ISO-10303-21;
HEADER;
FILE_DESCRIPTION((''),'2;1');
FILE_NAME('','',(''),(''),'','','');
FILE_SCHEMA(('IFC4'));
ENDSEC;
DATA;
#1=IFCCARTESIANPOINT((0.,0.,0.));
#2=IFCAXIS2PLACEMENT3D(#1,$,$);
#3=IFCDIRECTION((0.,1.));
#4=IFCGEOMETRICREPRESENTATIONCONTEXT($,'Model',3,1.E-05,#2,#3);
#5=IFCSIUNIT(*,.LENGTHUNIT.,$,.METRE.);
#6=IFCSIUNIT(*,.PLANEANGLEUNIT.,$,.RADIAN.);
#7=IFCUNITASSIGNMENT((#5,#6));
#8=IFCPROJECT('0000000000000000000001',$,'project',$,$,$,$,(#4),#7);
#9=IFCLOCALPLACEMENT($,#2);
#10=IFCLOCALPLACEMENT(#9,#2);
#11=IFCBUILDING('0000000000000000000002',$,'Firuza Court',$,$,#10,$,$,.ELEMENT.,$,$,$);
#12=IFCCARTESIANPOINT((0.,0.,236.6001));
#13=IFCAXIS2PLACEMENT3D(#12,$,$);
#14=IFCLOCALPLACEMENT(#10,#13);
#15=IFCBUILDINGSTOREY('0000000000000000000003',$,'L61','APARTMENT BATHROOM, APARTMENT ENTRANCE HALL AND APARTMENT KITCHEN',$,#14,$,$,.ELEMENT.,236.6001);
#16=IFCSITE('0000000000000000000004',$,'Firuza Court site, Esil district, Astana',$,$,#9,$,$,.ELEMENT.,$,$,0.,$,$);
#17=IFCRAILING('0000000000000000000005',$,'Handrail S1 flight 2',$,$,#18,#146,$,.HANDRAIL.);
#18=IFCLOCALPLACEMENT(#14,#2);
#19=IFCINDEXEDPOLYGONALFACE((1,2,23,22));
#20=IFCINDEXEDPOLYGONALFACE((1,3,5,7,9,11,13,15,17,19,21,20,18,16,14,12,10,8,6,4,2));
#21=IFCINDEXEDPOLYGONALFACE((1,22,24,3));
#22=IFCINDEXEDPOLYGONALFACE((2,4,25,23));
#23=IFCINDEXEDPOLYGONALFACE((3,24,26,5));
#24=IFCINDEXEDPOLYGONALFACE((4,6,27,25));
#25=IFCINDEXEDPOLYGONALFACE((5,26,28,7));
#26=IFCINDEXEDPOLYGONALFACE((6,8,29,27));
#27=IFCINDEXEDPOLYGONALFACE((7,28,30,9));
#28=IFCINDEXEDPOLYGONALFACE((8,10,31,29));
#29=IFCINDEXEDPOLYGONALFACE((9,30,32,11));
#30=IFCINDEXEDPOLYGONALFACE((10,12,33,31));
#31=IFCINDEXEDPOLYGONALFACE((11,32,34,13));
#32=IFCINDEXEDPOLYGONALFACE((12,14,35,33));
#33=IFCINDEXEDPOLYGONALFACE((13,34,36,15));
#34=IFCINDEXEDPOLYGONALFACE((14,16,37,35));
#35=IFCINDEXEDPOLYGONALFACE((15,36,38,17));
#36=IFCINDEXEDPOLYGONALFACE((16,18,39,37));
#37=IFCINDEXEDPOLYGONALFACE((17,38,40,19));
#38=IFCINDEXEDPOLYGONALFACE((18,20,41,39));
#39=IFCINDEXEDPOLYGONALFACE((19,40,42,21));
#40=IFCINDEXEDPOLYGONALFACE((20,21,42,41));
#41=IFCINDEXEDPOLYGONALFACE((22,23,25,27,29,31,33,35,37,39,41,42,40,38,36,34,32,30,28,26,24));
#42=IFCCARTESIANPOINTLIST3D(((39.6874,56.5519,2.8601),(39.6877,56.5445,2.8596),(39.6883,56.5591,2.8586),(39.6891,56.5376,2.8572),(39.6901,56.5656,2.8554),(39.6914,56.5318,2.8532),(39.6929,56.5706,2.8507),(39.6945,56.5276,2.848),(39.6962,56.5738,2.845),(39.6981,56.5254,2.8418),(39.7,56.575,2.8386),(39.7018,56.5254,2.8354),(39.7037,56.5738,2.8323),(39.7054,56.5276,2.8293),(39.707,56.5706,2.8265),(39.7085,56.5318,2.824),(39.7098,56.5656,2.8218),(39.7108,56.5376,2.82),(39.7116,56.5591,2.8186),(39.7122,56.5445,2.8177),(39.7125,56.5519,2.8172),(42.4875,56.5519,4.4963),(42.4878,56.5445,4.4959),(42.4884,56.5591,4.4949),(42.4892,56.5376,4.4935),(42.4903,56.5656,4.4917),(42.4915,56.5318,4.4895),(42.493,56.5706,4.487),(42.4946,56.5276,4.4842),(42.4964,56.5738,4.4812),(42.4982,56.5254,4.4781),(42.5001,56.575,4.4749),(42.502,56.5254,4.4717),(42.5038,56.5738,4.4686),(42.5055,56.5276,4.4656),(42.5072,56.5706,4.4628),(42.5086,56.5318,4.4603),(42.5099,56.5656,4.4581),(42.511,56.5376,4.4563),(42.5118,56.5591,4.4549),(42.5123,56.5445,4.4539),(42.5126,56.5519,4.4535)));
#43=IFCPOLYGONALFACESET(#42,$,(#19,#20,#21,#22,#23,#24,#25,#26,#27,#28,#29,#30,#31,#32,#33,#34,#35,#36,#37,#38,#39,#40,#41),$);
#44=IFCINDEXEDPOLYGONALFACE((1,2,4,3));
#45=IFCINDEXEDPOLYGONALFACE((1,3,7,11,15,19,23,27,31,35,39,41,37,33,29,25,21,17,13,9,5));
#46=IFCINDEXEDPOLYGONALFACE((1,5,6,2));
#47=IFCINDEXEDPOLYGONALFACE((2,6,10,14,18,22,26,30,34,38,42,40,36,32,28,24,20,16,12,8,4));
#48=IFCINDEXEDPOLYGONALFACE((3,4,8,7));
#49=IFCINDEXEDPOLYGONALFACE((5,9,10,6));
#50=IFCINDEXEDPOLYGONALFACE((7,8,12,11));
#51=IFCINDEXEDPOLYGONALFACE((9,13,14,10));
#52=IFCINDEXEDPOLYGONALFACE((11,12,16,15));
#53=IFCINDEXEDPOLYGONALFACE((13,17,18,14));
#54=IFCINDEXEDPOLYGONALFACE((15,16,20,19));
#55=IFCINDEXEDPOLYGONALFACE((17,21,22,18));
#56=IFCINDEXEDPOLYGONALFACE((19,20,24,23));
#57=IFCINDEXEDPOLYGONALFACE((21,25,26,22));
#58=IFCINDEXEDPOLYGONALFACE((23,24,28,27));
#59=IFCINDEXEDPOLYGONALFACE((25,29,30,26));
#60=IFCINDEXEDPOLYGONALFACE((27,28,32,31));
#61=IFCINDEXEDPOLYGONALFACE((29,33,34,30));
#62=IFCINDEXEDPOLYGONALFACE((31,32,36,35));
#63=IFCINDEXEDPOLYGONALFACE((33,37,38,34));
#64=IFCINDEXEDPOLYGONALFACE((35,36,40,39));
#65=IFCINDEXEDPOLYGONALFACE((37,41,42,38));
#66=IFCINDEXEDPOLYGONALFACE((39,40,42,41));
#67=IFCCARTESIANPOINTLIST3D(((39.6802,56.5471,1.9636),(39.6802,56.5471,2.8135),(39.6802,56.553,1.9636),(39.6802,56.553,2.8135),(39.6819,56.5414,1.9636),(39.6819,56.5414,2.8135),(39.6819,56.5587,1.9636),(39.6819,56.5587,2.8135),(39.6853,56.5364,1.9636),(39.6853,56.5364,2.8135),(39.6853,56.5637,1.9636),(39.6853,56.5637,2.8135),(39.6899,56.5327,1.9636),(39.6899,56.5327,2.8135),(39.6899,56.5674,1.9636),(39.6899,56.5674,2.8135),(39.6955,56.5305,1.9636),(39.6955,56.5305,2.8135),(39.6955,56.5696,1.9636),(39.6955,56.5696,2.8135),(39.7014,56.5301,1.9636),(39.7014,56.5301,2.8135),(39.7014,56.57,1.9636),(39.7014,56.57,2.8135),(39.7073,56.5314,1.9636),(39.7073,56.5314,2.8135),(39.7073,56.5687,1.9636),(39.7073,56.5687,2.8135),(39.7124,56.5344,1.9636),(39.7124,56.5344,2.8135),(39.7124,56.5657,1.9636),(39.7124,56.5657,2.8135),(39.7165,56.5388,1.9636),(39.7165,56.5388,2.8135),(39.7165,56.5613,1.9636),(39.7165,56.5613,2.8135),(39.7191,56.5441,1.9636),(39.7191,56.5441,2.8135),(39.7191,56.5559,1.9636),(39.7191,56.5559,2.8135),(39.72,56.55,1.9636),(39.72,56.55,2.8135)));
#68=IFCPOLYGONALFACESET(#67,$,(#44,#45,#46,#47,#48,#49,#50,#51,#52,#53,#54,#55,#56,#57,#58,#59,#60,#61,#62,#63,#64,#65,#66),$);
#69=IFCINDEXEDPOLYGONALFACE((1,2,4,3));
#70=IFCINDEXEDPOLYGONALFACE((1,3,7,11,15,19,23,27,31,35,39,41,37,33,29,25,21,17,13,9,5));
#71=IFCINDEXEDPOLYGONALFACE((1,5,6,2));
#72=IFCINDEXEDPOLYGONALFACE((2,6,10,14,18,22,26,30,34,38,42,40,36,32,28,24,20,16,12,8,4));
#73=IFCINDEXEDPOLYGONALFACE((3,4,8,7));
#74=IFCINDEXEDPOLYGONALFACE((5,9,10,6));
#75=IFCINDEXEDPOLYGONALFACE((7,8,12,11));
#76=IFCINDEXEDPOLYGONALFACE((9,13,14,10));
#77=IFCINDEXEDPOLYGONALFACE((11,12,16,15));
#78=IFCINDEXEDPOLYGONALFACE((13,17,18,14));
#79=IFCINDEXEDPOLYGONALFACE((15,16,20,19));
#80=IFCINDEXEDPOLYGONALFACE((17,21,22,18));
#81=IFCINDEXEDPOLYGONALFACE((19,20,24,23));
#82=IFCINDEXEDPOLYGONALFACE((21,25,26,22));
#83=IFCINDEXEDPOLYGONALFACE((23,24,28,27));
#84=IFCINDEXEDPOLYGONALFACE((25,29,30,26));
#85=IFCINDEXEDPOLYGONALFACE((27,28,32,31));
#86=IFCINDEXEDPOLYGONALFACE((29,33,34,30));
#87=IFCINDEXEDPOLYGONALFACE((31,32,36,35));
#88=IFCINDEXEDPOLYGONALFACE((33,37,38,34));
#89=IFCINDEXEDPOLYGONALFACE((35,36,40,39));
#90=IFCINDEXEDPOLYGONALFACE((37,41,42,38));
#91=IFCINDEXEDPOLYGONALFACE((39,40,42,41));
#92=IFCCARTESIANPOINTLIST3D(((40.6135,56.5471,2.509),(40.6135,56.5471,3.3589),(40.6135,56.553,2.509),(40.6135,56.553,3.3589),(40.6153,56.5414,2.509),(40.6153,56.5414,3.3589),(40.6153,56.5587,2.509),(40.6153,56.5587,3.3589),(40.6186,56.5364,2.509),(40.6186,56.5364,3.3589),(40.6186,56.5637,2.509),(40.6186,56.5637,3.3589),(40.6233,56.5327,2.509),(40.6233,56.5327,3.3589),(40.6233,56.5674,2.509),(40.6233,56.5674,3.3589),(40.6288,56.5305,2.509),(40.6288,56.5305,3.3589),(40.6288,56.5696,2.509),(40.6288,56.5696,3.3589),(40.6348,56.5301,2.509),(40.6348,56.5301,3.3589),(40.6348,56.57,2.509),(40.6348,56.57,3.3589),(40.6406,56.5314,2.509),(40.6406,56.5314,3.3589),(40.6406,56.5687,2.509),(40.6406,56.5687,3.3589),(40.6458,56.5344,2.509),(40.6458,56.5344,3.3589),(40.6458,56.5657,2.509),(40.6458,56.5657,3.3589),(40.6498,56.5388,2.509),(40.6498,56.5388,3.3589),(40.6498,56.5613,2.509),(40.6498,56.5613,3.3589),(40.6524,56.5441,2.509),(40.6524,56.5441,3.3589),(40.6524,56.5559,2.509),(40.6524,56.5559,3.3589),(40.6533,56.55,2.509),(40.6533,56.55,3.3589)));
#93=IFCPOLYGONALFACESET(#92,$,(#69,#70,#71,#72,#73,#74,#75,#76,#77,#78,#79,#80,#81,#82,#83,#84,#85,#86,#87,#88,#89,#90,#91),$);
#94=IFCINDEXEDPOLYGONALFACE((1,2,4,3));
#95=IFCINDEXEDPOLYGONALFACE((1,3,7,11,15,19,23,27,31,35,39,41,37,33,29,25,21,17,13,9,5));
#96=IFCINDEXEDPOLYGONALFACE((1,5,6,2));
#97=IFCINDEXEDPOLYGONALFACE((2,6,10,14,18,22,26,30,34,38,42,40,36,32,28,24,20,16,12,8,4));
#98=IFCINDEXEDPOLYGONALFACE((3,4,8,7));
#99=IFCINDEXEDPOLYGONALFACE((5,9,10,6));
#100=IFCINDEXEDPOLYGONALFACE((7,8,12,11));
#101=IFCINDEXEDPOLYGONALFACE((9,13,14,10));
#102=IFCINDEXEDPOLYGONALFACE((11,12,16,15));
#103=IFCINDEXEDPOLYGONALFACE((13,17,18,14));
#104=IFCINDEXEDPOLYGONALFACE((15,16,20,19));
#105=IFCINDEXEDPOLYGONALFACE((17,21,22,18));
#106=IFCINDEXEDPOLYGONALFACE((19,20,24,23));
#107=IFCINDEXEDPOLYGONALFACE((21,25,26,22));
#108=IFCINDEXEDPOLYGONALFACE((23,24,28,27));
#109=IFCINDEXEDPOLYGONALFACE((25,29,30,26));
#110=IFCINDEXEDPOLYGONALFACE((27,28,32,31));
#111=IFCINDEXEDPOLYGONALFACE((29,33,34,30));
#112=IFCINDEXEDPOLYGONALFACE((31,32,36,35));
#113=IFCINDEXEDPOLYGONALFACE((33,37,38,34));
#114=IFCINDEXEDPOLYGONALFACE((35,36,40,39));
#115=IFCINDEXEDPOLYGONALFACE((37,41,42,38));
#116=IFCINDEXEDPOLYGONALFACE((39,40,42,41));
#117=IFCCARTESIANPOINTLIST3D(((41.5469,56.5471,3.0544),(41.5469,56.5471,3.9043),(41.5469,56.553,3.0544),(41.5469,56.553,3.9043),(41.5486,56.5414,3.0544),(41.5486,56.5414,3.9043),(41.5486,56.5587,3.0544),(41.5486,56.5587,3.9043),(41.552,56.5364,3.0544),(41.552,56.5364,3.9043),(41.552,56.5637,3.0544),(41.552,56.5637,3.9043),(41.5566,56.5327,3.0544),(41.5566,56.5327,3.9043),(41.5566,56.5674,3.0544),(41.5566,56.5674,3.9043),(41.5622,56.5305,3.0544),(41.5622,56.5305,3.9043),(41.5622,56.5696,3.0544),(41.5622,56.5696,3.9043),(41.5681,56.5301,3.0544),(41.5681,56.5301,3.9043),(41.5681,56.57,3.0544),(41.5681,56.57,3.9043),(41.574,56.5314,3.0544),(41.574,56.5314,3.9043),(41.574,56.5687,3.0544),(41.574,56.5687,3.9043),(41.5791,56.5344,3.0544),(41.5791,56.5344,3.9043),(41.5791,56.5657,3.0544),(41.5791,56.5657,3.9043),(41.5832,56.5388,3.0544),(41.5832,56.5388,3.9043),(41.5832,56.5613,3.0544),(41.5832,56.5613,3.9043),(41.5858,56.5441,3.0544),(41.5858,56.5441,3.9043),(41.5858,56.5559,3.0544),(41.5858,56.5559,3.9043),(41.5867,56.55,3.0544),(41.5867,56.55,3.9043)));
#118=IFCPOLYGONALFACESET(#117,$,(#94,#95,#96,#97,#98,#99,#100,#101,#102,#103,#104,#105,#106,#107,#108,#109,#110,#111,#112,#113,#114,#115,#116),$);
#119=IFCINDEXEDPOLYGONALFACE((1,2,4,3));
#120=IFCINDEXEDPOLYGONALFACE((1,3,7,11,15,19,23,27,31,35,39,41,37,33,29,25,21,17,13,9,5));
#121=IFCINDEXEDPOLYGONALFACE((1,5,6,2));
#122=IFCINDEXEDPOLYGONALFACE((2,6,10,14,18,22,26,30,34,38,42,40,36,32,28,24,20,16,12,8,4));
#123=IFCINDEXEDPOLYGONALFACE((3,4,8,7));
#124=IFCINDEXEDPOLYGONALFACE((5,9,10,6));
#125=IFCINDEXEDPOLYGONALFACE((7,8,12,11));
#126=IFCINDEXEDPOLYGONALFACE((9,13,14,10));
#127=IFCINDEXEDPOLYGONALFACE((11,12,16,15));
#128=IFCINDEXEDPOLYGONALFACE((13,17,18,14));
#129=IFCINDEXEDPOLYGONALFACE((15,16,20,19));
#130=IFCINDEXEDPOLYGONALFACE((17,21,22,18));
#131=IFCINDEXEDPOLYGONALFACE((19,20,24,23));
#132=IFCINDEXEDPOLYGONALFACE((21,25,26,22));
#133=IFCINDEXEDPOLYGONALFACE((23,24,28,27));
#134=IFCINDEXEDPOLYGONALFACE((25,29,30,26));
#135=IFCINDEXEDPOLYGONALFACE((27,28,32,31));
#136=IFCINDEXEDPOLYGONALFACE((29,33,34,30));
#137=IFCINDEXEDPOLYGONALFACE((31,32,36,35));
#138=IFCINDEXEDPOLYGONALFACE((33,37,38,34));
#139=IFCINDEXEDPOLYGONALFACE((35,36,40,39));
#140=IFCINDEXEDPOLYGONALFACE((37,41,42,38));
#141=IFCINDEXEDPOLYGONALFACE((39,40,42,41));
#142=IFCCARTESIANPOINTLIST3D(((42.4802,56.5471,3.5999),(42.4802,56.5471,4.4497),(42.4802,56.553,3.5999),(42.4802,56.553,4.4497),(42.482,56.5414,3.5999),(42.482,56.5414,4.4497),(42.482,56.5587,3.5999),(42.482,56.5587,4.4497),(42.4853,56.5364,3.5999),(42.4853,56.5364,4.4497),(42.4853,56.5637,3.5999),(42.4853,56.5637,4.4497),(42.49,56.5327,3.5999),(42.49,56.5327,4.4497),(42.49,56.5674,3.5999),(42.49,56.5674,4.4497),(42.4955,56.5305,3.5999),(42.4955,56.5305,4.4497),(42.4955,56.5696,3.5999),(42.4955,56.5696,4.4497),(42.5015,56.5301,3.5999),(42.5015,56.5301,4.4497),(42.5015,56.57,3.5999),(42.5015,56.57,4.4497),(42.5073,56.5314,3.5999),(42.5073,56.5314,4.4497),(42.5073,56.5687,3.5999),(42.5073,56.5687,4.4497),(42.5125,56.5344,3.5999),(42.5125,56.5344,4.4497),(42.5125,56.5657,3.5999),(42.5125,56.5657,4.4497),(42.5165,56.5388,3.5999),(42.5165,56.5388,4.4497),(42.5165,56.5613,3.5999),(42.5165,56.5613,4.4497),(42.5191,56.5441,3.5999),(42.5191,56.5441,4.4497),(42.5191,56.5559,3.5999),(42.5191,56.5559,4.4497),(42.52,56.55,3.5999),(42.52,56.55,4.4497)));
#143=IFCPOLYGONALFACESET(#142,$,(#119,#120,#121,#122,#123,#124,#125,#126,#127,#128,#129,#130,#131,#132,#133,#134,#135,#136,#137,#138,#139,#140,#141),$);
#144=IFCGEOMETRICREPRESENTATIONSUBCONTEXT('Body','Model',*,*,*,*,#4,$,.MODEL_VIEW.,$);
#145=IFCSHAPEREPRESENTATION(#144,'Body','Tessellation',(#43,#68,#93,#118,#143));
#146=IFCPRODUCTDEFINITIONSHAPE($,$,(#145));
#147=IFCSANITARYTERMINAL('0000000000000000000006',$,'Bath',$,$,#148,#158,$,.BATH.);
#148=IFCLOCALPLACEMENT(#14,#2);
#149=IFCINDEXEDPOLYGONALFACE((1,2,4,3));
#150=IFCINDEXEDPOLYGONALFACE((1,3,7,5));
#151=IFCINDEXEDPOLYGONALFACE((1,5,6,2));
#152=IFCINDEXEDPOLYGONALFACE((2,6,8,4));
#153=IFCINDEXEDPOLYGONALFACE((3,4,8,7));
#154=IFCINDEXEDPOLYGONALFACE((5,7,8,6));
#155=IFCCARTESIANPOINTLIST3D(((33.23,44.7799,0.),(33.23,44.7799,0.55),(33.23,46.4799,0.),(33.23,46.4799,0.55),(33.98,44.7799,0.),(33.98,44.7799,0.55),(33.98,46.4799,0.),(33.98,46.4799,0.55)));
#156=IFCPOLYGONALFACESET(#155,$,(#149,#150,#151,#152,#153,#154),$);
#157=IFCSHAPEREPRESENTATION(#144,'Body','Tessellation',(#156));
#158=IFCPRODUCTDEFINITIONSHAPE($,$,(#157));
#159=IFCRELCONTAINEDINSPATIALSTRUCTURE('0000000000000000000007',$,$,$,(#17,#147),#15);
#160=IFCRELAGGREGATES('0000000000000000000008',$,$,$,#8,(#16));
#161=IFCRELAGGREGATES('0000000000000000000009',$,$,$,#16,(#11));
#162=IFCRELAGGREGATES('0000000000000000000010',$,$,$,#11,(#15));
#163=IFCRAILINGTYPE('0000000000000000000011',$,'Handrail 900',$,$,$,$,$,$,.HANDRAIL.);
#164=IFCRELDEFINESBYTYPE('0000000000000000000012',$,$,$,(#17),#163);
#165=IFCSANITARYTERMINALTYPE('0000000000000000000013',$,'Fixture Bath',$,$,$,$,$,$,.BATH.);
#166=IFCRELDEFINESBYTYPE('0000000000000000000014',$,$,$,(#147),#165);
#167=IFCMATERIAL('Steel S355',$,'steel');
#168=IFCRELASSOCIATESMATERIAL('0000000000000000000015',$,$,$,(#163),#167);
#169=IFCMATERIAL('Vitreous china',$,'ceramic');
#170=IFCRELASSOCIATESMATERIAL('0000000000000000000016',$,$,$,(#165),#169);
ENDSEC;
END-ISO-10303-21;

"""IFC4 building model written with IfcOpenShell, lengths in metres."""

from ifc_helpers import new_model, si_unit, direction, frame, origin, origin_2d, place, context, subcontext, project, spatial, rectangle, circle, extrude, material, type_object, element, save


model = new_model("IFC4")

# Units and contexts
model_context = context("Model", 3, precision=1e-05, world=origin(), true_north=direction((0.0, 1.0)))
body_context = subcontext(model_context, "Body", "Model", "MODEL_VIEW")
ifc_project = project(units=[si_unit("LENGTHUNIT", "METRE"), si_unit("PLANEANGLEUNIT", "RADIAN")], contexts=[model_context])

# Site, building, storey
site_placement = place(None, origin())
site = spatial("IfcSite", under=ifc_project, at=site_placement, Name="Firuza Court site, Esil district, Astana", CompositionType="ELEMENT", RefElevation=0.0)
building_placement = place(site_placement, origin())
building = spatial("IfcBuilding", under=site, at=building_placement, Name="Firuza Court", CompositionType="ELEMENT")
storey_placement = place(building_placement, frame((0.0, 0.0, 236.6001)))
storey = spatial("IfcBuildingStorey", under=building, at=storey_placement, Name="L61", Description="APARTMENT BATHROOM, APARTMENT ENTRANCE HALL AND APARTMENT KITCHEN", CompositionType="ELEMENT", Elevation=236.6001)

# Railing
ifc_material_1 = material(Name="Steel S355", Category="steel")
railing_type_1 = type_object("IfcRailingType", Name="Handrail 900", PredefinedType="HANDRAIL", material=ifc_material_1)
railing_1_placement = place(storey_placement, frame((39.7, 56.55, 1.9636)))
element("IfcRailing", 1, at=railing_1_placement, inside=storey, type_object=railing_type_1, Name="Handrail S1 flight 2", PredefinedType="HANDRAIL", context=body_context, shape_type="SweptSolid", body=[
    extrude(circle(Radius=0.0249, at=origin_2d()), frame((0.0, 0.0, 0.875), z_axis=(0.863394, 0.0, 0.504531), x_axis=(0.0, 1.0, 0.0)), (0.0, 0.0, 1.0), 3.2432),
    extrude(circle(Radius=0.02, at=origin_2d()), origin(), (0.0, 0.0, 1.0), 0.8499),
    extrude(circle(Radius=0.02, at=origin_2d()), frame((0.9333, 0.0, 0.5454)), (0.0, 0.0, 1.0), 0.8499),
    extrude(circle(Radius=0.02, at=origin_2d()), frame((1.8667, 0.0, 1.0908)), (0.0, 0.0, 1.0), 0.8499),
    extrude(circle(Radius=0.02, at=origin_2d()), frame((2.8, 0.0, 1.6362)), (0.0, 0.0, 1.0), 0.8499),
])

# Sanitary terminal
ifc_material_2 = material(Name="Vitreous china", Category="ceramic")
sanitary_terminal_type = type_object("IfcSanitaryTerminalType", Name="Fixture Bath", PredefinedType="BATH", material=ifc_material_2)
sanitary_terminal_placement = place(storey_placement, frame((33.605, 45.6299, 0.0), z_axis=(0.0, 0.0, 1.0), x_axis=(1.0, 0.0, 0.0)))
element("IfcSanitaryTerminal", 2, at=sanitary_terminal_placement, inside=storey, type_object=sanitary_terminal_type, Name="Bath", PredefinedType="BATH", context=body_context, shape_type="SweptSolid", body=[
    extrude(rectangle(XDim=0.75, YDim=1.7, at=origin_2d()), origin(), (0.0, 0.0, 1.0), 0.55),
])

save(model, "model.ifc")
